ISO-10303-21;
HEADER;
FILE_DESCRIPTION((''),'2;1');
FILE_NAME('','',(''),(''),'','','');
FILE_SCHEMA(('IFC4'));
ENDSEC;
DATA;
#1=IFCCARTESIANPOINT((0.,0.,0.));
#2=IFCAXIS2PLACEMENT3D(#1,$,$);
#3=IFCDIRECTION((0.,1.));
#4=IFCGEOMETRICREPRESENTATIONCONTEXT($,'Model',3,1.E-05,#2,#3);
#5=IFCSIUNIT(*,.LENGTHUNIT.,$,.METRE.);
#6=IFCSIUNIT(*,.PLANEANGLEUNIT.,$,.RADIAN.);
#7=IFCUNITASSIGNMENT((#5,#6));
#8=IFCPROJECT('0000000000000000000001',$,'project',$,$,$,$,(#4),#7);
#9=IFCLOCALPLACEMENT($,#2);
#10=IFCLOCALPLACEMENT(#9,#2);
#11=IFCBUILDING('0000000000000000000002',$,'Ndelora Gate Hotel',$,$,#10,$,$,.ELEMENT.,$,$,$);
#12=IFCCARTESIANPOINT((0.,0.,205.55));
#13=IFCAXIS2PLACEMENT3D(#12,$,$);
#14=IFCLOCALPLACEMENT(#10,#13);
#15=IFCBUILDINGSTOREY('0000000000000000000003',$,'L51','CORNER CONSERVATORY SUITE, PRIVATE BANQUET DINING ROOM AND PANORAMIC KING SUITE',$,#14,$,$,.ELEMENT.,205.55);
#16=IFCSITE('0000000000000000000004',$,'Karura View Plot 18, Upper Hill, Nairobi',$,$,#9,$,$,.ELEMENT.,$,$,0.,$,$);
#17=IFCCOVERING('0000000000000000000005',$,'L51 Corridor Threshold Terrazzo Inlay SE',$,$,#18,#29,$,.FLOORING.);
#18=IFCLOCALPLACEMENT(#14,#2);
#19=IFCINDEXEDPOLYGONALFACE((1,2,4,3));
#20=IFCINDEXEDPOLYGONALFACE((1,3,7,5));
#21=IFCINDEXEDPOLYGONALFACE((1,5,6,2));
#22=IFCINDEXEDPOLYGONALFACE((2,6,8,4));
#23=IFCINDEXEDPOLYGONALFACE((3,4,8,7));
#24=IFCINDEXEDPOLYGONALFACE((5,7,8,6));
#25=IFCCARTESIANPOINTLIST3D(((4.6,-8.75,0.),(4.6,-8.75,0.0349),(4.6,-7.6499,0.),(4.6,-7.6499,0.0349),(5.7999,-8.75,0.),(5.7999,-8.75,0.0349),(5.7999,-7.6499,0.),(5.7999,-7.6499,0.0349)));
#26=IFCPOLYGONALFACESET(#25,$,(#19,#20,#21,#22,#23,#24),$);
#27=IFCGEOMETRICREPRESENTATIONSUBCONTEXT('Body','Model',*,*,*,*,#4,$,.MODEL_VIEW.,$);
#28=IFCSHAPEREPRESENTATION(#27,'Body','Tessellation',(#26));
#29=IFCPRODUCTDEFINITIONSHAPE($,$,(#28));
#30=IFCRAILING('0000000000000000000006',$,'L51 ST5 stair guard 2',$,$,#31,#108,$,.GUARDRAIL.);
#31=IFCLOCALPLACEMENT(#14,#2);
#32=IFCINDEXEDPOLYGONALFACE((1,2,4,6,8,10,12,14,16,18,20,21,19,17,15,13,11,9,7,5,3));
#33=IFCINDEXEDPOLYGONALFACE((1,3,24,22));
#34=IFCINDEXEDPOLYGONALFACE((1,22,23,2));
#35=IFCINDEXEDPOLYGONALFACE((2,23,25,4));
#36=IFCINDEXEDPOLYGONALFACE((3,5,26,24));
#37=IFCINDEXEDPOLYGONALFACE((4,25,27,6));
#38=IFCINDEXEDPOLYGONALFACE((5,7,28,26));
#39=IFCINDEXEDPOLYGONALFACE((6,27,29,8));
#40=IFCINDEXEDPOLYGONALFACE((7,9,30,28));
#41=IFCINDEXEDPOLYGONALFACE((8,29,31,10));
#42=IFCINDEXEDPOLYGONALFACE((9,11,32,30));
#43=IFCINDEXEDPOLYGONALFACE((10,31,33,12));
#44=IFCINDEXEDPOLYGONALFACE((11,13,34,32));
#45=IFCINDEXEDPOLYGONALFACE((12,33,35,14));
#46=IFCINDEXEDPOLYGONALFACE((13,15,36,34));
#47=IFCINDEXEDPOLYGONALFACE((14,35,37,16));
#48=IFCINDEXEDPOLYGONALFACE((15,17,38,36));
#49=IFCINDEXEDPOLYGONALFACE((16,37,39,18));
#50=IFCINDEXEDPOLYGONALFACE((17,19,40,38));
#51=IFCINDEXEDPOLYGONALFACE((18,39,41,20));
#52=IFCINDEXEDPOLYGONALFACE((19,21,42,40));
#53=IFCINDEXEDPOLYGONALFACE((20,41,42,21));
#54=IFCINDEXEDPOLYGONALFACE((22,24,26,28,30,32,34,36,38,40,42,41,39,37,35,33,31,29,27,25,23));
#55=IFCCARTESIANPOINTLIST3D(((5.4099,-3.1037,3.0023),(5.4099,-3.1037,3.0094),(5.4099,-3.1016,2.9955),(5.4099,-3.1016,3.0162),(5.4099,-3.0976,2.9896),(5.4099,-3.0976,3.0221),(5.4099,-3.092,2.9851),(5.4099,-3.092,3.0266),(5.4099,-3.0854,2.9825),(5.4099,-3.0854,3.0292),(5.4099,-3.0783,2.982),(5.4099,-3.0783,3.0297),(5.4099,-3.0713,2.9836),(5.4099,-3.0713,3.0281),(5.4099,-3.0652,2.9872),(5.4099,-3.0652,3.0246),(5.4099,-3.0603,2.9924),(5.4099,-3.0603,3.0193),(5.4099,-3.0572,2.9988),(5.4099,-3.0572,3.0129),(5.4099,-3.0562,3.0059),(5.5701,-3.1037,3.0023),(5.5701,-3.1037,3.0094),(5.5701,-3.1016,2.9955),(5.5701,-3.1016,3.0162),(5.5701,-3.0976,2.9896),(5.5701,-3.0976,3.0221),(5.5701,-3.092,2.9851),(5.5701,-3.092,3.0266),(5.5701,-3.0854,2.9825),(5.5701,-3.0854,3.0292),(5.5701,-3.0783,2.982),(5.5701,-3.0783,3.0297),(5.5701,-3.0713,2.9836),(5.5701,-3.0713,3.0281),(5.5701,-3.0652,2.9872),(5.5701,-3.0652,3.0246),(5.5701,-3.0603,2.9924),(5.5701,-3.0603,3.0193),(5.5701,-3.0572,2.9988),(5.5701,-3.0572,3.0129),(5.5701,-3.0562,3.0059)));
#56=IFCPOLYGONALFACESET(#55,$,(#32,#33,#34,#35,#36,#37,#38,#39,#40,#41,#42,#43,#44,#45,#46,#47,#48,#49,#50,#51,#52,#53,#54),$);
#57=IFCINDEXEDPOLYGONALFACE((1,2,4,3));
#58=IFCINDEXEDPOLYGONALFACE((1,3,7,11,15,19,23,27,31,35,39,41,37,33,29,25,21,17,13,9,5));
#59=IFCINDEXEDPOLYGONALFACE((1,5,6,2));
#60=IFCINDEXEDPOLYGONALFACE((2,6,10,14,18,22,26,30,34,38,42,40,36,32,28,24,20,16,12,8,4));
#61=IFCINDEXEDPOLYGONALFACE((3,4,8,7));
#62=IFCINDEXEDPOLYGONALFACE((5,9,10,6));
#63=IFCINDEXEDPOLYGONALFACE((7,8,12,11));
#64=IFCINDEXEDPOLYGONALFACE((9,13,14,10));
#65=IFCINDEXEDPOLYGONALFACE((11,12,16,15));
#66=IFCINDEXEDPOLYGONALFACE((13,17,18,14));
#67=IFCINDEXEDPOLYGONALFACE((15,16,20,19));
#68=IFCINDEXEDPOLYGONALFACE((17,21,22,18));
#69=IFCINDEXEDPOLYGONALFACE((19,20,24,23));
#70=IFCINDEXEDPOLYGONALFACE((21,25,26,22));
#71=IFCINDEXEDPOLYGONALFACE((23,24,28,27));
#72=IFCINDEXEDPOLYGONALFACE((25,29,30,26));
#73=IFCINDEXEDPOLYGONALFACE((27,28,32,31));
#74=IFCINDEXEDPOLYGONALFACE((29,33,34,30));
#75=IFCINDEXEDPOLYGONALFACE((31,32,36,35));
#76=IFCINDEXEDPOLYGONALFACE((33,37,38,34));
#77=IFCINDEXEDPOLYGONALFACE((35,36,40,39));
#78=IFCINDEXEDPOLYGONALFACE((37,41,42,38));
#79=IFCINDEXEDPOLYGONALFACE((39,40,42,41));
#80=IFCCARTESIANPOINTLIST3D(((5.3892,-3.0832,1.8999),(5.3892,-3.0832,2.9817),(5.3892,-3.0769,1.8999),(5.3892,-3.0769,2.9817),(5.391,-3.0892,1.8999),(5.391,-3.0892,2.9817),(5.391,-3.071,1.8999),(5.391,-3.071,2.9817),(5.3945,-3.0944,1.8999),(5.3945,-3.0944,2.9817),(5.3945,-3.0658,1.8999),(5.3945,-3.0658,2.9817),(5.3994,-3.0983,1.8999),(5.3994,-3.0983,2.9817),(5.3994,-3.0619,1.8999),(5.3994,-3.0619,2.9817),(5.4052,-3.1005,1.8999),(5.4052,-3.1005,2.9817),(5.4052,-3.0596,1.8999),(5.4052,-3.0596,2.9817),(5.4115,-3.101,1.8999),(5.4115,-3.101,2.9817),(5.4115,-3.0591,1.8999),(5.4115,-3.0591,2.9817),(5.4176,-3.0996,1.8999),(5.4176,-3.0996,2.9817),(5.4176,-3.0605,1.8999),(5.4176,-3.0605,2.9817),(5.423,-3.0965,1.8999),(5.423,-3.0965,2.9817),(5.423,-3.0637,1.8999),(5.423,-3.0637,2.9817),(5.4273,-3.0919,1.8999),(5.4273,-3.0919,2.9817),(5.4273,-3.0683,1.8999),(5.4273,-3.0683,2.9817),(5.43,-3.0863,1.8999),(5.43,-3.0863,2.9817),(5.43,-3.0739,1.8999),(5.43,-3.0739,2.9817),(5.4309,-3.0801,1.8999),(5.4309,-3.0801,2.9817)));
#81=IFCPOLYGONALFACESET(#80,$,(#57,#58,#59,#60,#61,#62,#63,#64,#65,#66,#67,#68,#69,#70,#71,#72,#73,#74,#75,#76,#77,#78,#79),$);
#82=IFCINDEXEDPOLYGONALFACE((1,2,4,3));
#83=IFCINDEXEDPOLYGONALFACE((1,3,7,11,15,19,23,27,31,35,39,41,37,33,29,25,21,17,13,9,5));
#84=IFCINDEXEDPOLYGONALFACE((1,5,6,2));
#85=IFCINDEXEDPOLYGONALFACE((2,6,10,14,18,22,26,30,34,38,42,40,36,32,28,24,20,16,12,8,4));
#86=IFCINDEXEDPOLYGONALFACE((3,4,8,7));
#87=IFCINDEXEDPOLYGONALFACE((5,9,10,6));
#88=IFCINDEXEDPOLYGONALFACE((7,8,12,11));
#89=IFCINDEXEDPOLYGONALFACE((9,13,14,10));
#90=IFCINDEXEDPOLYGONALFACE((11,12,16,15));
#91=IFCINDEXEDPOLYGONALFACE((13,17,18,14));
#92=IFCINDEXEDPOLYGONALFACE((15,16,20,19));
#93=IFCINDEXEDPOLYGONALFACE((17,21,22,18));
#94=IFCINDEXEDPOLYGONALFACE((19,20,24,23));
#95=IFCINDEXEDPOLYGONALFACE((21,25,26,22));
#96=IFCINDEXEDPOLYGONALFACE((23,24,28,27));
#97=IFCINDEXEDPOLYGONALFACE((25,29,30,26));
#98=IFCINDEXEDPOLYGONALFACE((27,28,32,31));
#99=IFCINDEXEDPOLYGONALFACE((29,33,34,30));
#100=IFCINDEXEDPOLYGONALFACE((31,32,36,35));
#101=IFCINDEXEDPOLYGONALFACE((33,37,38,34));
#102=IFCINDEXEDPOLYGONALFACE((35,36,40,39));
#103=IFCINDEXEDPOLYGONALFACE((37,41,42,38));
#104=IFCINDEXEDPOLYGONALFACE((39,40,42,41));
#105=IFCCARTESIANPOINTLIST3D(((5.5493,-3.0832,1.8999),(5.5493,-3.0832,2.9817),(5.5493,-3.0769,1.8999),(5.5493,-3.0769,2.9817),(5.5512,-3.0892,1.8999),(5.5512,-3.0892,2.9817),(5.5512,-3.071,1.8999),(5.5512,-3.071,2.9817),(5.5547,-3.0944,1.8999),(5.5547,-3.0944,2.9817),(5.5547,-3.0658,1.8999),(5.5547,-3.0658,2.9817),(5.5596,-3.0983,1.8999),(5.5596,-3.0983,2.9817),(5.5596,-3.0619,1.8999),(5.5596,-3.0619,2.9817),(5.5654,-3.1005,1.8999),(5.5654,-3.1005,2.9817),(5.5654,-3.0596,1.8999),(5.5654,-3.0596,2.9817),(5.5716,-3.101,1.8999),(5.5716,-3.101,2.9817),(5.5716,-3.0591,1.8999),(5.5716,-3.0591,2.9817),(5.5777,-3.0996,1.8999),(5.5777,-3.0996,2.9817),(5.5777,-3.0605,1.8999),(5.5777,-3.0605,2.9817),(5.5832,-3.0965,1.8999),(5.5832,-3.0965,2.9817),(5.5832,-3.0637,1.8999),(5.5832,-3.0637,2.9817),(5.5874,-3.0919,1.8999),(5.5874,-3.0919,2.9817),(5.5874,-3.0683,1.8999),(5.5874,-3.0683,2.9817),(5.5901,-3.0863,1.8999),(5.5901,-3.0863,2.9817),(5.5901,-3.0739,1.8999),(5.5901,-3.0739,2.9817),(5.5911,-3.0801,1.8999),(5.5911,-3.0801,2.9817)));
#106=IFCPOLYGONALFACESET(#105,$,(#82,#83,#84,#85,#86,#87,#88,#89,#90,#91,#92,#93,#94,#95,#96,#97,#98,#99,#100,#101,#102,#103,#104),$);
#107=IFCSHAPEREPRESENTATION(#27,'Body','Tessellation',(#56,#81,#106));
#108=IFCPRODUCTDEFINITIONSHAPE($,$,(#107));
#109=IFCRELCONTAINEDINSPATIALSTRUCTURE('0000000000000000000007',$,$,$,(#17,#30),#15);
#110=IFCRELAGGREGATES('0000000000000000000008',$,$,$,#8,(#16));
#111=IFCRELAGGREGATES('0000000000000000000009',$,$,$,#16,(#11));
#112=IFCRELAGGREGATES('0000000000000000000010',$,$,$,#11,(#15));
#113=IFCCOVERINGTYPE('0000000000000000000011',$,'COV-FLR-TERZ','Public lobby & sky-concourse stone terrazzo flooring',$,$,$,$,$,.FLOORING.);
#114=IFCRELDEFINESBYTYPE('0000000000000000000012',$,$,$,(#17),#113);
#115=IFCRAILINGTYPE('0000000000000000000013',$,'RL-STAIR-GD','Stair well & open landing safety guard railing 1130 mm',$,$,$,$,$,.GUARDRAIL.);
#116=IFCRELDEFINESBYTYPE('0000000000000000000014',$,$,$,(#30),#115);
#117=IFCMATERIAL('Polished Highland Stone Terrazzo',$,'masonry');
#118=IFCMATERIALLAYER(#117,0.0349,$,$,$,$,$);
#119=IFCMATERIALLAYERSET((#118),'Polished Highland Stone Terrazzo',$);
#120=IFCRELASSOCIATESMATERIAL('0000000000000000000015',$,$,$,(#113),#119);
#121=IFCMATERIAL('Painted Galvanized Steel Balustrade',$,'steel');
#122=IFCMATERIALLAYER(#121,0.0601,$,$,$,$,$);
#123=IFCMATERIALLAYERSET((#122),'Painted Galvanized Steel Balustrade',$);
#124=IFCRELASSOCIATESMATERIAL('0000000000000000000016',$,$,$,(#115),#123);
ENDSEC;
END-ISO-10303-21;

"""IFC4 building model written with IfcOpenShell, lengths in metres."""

from ifc_helpers import new_model, si_unit, direction, frame, origin, origin_2d, place, context, subcontext, project, spatial, rectangle, circle, extrude, material, layer, layer_set, type_object, element, save


model = new_model("IFC4")

# Units and contexts
model_context = context("Model", 3, precision=1e-05, world=origin(), true_north=direction((0.0, 1.0)))
body_context = subcontext(model_context, "Body", "Model", "MODEL_VIEW")
ifc_project = project(units=[si_unit("LENGTHUNIT", "METRE"), si_unit("PLANEANGLEUNIT", "RADIAN")], contexts=[model_context])

# Site, building, storey
site_placement = place(None, origin())
site = spatial("IfcSite", under=ifc_project, at=site_placement, Name="Karura View Plot 18, Upper Hill, Nairobi", CompositionType="ELEMENT", RefElevation=0.0)
building_placement = place(site_placement, origin())
building = spatial("IfcBuilding", under=site, at=building_placement, Name="Ndelora Gate Hotel", CompositionType="ELEMENT")
storey_placement = place(building_placement, frame((0.0, 0.0, 205.55)))
storey = spatial("IfcBuildingStorey", under=building, at=storey_placement, Name="L51", Description="CORNER CONSERVATORY SUITE, PRIVATE BANQUET DINING ROOM AND PANORAMIC KING SUITE", CompositionType="ELEMENT", Elevation=205.55)

# Covering
ifc_material_1 = material(Name="Polished Highland Stone Terrazzo", Category="masonry")
ifc_layer_1 = layer(ifc_material_1, 0.0349)
ifc_layer_set_1 = layer_set([ifc_layer_1], Name="Polished Highland Stone Terrazzo")
covering_type = type_object("IfcCoveringType", Name="COV-FLR-TERZ", Description="Public lobby & sky-concourse stone terrazzo flooring", PredefinedType="FLOORING", material=ifc_layer_set_1)
covering_placement = place(storey_placement, frame((5.2, -8.2, 0.0), z_axis=(0.0, 0.0, 1.0), x_axis=(1.0, 0.0, 0.0)))
element("IfcCovering", 1, at=covering_placement, inside=storey, type_object=covering_type, Name="L51 Corridor Threshold Terrazzo Inlay SE", PredefinedType="FLOORING", context=body_context, shape_type="SweptSolid", body=[
    extrude(rectangle(XDim=1.2, YDim=1.1001, at=origin_2d()), origin(), (0.0, 0.0, 1.0), 0.0349),
])

# Railing
ifc_material_2 = material(Name="Painted Galvanized Steel Balustrade", Category="steel")
ifc_layer_2 = layer(ifc_material_2, 0.0601)
ifc_layer_set_2 = layer_set([ifc_layer_2], Name="Painted Galvanized Steel Balustrade")
railing_type = type_object("IfcRailingType", Name="RL-STAIR-GD", Description="Stair well & open landing safety guard railing 1130 mm", PredefinedType="GUARDRAIL", material=ifc_layer_set_2)
railing_1_placement = place(storey_placement, frame((5.4099, -3.0801, 1.8999)))
element("IfcRailing", 2, at=railing_1_placement, inside=storey, type_object=railing_type, Name="L51 ST5 stair guard 2", PredefinedType="GUARDRAIL", context=body_context, shape_type="SweptSolid", body=[
    extrude(circle(Radius=0.0239, at=origin_2d()), frame((0.0, 0.0, 1.106), z_axis=(1.0, 0.0, 0.0), x_axis=(0.0, 1.0, 0.0)), (0.0, 0.0, 1.0), 0.1602),
    extrude(circle(Radius=0.021, at=origin_2d()), origin(), (0.0, 0.0, 1.0), 1.0818),
    extrude(circle(Radius=0.021, at=origin_2d()), frame((0.1602, 0.0, 0.0)), (0.0, 0.0, 1.0), 1.0818),
])

save(model, "model.ifc")
